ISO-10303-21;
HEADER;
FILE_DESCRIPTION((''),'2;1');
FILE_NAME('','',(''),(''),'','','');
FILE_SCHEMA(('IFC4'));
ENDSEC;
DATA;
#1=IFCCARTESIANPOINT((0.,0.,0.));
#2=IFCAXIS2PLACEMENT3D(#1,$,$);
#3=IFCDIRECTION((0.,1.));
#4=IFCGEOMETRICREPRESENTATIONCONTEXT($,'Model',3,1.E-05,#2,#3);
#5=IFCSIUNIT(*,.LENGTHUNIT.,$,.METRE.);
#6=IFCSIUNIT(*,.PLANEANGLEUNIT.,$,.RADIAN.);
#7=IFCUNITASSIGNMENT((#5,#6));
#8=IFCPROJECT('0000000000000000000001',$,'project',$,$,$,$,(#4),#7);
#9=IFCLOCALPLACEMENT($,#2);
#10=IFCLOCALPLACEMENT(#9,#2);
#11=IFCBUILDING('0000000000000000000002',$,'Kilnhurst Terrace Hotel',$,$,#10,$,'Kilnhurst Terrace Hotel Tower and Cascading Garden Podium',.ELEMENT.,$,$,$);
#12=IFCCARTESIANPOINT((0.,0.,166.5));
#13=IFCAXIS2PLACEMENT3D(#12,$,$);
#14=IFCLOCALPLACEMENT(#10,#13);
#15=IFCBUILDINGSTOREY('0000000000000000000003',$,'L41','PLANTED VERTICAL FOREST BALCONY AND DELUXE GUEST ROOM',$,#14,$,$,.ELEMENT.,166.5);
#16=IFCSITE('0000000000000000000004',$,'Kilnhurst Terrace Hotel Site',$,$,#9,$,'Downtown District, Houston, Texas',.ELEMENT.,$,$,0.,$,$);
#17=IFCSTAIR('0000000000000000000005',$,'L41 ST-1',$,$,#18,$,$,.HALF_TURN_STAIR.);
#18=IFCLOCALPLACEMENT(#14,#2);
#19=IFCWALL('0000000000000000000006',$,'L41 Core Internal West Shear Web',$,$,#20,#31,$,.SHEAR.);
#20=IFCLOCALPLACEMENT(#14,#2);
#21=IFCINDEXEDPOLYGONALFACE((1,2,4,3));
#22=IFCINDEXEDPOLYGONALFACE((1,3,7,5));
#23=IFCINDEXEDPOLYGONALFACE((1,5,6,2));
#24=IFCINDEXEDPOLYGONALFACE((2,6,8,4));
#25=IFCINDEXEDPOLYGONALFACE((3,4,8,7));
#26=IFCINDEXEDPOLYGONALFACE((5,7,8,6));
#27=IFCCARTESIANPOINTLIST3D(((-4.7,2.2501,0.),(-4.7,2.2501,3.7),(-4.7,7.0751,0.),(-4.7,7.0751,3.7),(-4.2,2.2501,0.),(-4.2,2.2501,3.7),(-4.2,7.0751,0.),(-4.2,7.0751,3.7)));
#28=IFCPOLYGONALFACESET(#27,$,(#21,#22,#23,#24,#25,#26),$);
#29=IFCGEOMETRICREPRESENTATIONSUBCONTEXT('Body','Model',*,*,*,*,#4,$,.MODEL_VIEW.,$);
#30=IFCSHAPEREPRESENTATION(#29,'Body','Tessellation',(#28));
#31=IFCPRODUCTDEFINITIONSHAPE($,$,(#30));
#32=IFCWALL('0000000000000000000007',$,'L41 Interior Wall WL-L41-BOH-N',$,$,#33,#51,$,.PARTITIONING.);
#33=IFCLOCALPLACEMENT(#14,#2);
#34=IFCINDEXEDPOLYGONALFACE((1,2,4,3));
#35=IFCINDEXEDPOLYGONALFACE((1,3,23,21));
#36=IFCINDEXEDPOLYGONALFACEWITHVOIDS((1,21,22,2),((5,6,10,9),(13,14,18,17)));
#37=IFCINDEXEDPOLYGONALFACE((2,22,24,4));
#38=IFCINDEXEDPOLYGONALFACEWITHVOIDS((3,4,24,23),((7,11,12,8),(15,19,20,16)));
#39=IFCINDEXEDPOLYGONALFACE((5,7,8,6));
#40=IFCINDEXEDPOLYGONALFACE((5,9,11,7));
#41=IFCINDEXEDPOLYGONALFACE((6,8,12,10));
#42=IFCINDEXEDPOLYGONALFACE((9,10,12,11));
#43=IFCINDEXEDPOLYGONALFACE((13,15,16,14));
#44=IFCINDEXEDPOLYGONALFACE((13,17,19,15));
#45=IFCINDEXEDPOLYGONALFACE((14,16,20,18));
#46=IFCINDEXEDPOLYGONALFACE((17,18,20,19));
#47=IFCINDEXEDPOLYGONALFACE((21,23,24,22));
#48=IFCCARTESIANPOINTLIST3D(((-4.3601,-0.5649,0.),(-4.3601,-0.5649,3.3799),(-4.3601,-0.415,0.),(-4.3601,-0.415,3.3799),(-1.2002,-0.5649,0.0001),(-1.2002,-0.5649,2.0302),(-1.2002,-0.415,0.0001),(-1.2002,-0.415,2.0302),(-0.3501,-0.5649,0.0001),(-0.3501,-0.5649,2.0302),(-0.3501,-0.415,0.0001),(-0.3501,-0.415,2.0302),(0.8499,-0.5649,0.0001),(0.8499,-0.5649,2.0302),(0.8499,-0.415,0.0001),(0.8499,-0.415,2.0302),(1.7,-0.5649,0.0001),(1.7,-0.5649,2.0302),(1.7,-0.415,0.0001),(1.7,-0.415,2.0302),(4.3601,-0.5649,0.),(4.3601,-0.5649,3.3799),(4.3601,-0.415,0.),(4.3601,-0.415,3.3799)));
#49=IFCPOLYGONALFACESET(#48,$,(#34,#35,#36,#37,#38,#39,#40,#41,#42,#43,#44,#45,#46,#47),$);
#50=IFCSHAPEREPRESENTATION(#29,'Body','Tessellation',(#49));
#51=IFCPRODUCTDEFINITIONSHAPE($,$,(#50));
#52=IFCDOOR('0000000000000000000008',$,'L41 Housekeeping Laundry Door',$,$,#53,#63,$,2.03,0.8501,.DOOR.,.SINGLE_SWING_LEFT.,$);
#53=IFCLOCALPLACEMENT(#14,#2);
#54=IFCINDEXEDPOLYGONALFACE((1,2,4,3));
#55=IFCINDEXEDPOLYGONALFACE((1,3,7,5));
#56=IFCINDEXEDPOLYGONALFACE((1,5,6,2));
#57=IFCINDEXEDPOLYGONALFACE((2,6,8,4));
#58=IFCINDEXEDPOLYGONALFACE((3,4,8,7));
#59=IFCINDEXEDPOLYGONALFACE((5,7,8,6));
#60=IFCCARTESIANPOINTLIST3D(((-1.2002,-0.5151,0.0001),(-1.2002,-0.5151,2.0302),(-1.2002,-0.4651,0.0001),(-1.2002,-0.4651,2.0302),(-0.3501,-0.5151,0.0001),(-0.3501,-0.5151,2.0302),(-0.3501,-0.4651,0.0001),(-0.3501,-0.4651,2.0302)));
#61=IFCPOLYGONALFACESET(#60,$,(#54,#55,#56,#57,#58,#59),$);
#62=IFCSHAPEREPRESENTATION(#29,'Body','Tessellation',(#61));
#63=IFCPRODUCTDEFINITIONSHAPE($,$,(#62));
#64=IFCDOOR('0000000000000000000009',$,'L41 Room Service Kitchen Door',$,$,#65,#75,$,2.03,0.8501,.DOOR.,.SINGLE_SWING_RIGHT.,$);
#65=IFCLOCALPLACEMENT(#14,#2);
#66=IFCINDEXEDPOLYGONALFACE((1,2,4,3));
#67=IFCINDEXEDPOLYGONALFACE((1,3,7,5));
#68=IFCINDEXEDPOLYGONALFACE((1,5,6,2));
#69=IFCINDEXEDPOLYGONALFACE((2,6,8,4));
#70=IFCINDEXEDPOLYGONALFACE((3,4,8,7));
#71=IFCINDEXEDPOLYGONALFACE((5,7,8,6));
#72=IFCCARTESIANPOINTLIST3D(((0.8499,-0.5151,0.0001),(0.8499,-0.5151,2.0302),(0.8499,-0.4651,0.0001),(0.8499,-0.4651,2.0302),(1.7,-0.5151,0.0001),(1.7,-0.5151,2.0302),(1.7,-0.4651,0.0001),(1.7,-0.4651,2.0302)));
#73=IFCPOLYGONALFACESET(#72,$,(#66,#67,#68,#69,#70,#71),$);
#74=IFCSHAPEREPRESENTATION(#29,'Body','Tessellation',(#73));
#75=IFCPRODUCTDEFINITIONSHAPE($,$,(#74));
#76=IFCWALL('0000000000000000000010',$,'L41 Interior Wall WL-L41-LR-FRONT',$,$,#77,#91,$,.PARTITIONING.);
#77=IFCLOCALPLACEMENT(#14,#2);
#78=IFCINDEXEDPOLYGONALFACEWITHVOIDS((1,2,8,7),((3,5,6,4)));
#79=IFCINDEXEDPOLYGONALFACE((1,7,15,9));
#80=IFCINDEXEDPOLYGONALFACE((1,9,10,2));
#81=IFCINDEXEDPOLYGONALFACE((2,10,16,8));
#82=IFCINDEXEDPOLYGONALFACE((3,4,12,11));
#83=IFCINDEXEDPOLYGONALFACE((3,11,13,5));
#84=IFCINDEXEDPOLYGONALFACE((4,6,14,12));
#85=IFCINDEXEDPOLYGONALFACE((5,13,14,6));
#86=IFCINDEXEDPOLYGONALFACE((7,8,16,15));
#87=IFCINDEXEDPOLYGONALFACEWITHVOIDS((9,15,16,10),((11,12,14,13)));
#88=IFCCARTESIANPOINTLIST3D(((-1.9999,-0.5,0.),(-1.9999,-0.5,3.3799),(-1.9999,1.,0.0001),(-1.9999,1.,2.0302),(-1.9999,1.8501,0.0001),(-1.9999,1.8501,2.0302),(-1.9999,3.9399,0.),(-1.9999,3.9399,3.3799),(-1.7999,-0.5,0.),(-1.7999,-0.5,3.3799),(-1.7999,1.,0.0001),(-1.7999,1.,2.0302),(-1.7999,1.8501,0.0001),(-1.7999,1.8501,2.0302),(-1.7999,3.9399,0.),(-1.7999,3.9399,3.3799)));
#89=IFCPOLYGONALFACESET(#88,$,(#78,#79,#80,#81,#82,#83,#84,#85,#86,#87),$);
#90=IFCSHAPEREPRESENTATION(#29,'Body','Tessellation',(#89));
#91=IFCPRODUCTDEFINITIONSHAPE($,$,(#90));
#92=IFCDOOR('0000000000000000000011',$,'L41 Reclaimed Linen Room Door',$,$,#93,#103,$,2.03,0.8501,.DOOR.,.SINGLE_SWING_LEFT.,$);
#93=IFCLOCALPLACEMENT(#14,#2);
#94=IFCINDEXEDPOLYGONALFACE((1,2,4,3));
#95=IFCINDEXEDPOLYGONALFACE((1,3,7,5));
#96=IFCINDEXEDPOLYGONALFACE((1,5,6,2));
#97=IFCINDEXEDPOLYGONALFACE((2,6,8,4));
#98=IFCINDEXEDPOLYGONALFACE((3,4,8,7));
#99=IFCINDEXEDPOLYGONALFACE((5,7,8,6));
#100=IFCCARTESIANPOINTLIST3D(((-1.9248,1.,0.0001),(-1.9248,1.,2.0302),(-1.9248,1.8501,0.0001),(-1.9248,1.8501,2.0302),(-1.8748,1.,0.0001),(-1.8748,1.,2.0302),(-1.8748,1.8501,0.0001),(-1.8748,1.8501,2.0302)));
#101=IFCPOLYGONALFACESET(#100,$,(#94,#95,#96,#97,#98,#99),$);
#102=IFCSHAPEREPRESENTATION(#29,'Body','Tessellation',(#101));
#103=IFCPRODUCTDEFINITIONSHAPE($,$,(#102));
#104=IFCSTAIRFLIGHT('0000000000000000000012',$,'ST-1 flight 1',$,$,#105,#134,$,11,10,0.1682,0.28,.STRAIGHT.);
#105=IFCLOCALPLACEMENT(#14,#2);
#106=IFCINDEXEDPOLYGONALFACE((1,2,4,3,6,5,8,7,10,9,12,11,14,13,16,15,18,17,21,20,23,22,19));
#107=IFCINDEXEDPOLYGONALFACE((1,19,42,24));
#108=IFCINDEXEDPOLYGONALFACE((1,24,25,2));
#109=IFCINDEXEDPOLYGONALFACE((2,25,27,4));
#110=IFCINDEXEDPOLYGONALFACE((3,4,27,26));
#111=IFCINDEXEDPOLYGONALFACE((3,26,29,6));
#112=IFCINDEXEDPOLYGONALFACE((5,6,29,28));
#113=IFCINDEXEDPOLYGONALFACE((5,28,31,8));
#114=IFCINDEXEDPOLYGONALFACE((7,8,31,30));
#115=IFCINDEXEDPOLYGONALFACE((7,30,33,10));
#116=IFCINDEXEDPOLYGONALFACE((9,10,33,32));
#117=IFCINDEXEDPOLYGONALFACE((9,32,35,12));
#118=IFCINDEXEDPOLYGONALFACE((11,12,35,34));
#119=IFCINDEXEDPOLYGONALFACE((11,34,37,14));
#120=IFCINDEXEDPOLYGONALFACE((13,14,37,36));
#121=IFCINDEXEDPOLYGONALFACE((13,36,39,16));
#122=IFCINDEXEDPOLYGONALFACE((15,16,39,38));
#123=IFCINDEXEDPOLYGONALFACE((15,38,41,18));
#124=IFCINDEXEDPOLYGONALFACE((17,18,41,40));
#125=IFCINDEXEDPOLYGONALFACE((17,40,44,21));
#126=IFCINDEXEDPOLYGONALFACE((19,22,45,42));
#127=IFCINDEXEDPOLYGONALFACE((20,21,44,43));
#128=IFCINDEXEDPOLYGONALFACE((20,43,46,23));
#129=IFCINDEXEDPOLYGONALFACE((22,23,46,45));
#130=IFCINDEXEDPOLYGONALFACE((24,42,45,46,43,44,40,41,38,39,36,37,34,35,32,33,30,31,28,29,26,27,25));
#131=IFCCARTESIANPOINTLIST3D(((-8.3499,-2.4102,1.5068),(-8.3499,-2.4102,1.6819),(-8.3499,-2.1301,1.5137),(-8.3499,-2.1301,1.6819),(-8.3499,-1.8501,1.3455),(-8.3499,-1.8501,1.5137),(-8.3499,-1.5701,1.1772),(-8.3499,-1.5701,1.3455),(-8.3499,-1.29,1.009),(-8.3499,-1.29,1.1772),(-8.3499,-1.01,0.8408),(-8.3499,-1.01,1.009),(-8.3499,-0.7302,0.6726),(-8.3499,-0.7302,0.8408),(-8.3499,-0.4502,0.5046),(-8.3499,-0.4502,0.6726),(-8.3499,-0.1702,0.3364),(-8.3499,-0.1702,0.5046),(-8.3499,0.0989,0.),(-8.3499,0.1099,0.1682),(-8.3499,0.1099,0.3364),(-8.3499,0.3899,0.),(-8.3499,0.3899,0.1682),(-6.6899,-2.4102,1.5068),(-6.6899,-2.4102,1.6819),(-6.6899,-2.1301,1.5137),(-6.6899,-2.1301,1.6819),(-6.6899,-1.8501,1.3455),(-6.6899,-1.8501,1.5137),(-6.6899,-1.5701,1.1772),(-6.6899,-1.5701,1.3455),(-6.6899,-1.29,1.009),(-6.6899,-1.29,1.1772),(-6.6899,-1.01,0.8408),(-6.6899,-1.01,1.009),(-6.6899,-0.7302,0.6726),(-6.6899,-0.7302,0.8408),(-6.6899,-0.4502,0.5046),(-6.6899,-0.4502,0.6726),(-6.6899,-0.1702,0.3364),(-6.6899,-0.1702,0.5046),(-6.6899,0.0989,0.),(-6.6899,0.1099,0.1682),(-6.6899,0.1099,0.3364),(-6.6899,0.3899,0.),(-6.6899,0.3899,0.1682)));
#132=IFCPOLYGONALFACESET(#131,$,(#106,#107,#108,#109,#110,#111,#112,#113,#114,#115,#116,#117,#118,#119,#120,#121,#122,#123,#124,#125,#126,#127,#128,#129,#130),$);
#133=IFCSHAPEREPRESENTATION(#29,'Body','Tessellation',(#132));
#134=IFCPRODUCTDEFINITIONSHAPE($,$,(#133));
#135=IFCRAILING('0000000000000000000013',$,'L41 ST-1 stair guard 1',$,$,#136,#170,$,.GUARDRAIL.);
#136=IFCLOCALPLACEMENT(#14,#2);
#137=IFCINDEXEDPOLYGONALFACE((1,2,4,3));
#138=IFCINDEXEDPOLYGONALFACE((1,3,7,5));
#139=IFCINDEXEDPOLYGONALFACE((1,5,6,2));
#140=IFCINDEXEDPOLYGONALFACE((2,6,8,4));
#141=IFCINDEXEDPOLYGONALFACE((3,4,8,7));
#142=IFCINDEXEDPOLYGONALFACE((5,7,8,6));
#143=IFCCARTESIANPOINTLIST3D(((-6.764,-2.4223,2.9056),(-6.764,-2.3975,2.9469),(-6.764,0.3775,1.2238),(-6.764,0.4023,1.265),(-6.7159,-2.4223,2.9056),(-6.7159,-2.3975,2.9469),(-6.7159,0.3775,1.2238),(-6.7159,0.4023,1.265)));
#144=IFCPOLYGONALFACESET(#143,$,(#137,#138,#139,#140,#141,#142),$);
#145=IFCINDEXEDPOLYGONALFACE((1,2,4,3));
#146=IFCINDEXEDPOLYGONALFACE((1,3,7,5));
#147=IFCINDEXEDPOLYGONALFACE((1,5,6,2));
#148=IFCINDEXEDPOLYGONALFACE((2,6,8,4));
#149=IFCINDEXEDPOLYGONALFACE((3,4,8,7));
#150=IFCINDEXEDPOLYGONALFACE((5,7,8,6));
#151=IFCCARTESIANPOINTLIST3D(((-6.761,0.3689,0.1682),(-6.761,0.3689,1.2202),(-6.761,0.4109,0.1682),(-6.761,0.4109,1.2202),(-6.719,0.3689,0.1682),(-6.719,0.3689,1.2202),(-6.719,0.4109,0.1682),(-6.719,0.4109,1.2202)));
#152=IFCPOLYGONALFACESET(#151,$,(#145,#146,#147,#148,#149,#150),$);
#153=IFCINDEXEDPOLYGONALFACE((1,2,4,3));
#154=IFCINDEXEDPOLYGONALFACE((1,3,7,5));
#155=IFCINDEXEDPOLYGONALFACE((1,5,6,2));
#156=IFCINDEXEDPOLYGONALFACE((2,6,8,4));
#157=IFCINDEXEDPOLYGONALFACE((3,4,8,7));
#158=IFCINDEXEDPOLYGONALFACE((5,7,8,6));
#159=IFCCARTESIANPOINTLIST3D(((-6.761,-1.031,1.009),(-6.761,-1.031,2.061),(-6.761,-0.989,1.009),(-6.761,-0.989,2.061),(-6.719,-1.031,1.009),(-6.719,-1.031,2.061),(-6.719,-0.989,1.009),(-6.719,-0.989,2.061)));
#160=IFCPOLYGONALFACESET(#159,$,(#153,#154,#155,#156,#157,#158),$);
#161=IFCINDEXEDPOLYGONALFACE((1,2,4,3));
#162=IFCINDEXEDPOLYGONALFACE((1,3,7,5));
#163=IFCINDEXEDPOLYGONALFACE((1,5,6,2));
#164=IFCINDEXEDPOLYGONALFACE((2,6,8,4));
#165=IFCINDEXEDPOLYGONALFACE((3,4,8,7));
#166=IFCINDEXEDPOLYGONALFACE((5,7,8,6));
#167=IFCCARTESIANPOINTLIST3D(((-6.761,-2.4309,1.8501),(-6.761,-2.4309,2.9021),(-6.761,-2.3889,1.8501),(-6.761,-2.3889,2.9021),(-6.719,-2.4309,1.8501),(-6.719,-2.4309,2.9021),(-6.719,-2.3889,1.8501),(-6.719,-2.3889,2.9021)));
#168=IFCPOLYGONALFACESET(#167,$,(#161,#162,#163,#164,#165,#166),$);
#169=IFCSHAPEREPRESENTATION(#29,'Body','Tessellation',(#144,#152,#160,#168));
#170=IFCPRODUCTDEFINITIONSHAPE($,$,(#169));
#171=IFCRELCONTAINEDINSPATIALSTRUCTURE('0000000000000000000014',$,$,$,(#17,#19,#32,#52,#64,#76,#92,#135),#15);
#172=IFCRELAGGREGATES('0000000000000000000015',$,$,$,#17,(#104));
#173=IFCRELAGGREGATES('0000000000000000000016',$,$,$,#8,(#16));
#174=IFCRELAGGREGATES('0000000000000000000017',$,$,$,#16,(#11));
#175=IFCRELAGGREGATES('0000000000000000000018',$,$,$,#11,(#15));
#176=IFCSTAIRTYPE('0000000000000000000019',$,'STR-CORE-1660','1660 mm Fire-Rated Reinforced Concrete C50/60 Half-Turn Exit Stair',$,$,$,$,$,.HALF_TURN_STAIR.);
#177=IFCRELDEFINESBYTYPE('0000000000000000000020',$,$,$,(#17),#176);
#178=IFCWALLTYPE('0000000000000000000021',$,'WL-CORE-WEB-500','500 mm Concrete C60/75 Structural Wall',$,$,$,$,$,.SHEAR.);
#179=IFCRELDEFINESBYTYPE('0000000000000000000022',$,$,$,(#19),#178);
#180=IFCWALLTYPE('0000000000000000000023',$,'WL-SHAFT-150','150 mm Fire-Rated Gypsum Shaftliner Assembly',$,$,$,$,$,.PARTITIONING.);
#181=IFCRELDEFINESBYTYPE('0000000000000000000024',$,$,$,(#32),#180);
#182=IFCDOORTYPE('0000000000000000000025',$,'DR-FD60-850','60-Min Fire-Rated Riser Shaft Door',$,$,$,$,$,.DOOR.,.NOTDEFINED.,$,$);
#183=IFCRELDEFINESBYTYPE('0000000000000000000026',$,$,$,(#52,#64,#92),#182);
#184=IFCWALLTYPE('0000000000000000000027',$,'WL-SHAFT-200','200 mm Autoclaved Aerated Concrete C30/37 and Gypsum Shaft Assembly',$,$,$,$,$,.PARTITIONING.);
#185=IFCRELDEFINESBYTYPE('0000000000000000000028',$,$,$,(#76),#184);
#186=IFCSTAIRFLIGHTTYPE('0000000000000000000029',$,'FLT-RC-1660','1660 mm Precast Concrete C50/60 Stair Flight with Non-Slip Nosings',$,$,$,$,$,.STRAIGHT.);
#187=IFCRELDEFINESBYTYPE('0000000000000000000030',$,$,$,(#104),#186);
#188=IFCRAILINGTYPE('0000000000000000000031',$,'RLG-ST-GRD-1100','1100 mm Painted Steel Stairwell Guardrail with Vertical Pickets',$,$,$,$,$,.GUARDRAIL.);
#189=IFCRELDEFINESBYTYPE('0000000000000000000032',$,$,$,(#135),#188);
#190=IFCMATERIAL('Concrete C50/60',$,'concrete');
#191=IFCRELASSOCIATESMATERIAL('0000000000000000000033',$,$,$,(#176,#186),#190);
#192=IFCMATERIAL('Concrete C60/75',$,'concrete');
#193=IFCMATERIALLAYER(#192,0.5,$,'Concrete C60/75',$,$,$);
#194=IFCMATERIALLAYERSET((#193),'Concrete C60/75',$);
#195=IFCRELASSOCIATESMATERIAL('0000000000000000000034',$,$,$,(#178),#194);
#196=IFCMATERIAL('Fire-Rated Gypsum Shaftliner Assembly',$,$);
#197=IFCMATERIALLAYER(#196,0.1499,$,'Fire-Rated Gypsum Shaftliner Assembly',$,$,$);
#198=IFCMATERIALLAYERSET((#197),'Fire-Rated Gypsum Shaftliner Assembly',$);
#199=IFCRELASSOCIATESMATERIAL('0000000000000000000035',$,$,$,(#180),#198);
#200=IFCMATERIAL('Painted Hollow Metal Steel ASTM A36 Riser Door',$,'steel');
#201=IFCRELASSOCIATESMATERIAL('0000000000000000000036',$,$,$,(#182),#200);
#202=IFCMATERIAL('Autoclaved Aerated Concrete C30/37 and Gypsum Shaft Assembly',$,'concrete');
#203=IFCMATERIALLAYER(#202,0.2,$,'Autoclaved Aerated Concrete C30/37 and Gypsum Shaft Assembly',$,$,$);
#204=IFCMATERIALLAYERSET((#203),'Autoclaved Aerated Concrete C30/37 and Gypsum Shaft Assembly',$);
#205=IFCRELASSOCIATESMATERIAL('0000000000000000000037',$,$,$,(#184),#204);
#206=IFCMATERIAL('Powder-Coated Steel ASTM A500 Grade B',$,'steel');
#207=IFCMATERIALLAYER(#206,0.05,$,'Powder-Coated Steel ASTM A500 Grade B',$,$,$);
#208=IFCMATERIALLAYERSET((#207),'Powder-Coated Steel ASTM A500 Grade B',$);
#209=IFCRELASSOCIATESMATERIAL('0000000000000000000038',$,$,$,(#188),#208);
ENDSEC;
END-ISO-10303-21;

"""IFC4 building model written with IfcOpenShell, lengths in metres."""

from ifc_helpers import new_model, si_unit, direction, frame, frame_2d, origin, origin_2d, place, context, subcontext, project, spatial, polyline, rectangle, outline, extrude, material, layer, layer_set, type_object, element, fill, aggregate, save


model = new_model("IFC4")

# Units and contexts
model_context = context("Model", 3, precision=1e-05, world=origin(), true_north=direction((0.0, 1.0)))
body_context = subcontext(model_context, "Body", "Model", "MODEL_VIEW")
ifc_project = project(units=[si_unit("LENGTHUNIT", "METRE"), si_unit("PLANEANGLEUNIT", "RADIAN")], contexts=[model_context])

# Site, building, storey
site_placement = place(None, origin())
site = spatial("IfcSite", under=ifc_project, at=site_placement, Name="Kilnhurst Terrace Hotel Site", LongName="Downtown District, Houston, Texas", CompositionType="ELEMENT", RefElevation=0.0)
building_placement = place(site_placement, origin())
building = spatial("IfcBuilding", under=site, at=building_placement, Name="Kilnhurst Terrace Hotel", LongName="Kilnhurst Terrace Hotel Tower and Cascading Garden Podium", CompositionType="ELEMENT")
storey_placement = place(building_placement, frame((0.0, 0.0, 166.5)))
storey = spatial("IfcBuildingStorey", under=building, at=storey_placement, Name="L41", Description="PLANTED VERTICAL FOREST BALCONY AND DELUXE GUEST ROOM", CompositionType="ELEMENT", Elevation=166.5)

# Shared definitions
ifc_material_1 = material(Name="Concrete C50/60", Category="concrete")

# Stair
stair_type = type_object("IfcStairType", Name="STR-CORE-1660", Description="1660 mm Fire-Rated Reinforced Concrete C50/60 Half-Turn Exit Stair", PredefinedType="HALF_TURN_STAIR", material=ifc_material_1)
stair_1_placement = place(storey_placement, origin())
stair_1 = element("IfcStair", 1, at=stair_1_placement, inside=storey, type_object=stair_type, Name="L41 ST-1", PredefinedType="HALF_TURN_STAIR")

# Wall
ifc_material_2 = material(Name="Concrete C60/75", Category="concrete")
ifc_layer_1 = layer(ifc_material_2, 0.5, Name="Concrete C60/75")
ifc_layer_set_1 = layer_set([ifc_layer_1], Name="Concrete C60/75")
wall_type_1 = type_object("IfcWallType", Name="WL-CORE-WEB-500", Description="500 mm Concrete C60/75 Structural Wall", PredefinedType="SHEAR", material=ifc_layer_set_1)
wall_1_placement = place(storey_placement, frame((-4.45, 2.25, 0.0), z_axis=(0.0, 0.0, 1.0), x_axis=(0.0, 1.0, 0.0)))
element("IfcWall", 2, at=wall_1_placement, inside=storey, type_object=wall_type_1, Name="L41 Core Internal West Shear Web", PredefinedType="SHEAR", context=body_context, shape_type="SweptSolid", body=[
    extrude(rectangle(XDim=4.825, YDim=0.5, at=frame_2d((2.4126, 0.0))), origin(), (0.0, 0.0, 1.0), 3.7),
])

# Wall, openings, doors
ifc_material_3 = material(Name="Fire-Rated Gypsum Shaftliner Assembly")
ifc_layer_2 = layer(ifc_material_3, 0.1499, Name="Fire-Rated Gypsum Shaftliner Assembly")
ifc_layer_set_2 = layer_set([ifc_layer_2], Name="Fire-Rated Gypsum Shaftliner Assembly")
wall_type_2 = type_object("IfcWallType", Name="WL-SHAFT-150", Description="150 mm Fire-Rated Gypsum Shaftliner Assembly", PredefinedType="PARTITIONING", material=ifc_layer_set_2)
wall_2_placement = place(storey_placement, frame((-4.3601, -0.49, 0.0), z_axis=(0.0, 0.0, 1.0), x_axis=(1.0, 0.0, 0.0)))
wall_2 = element("IfcWall", 3, at=wall_2_placement, inside=storey, type_object=wall_type_2, Name="L41 Interior Wall WL-L41-BOH-N", PredefinedType="PARTITIONING", context=body_context, shape_type="SweptSolid", body=[
    extrude(rectangle(XDim=8.7202, YDim=0.1499, at=frame_2d((4.3601, 0.0))), origin(), (0.0, 0.0, 1.0), 3.3799),
])
opening_1_placement = place(wall_2_placement, frame((3.1599, 0.0, 0.0)))
opening_1 = element("IfcOpeningElement", 4, at=opening_1_placement, cuts=wall_2, PredefinedType="OPENING", context=body_context, shape_type="SweptSolid", body=[
    extrude(rectangle(XDim=0.8501, YDim=2.03, at=frame_2d((0.425, 1.0151))), frame((0.0, 0.085, 0.0), z_axis=(0.0, -1.0, 0.0), x_axis=(1.0, 0.0, 0.0)), (0.0, 0.0, 1.0), 0.1699),
])
opening_2_placement = place(wall_2_placement, frame((5.21, 0.0, 0.0)))
opening_2 = element("IfcOpeningElement", 5, at=opening_2_placement, cuts=wall_2, PredefinedType="OPENING", context=body_context, shape_type="SweptSolid", body=[
    extrude(rectangle(XDim=0.8501, YDim=2.03, at=frame_2d((0.425, 1.0151))), frame((0.0, 0.085, 0.0), z_axis=(0.0, -1.0, 0.0), x_axis=(1.0, 0.0, 0.0)), (0.0, 0.0, 1.0), 0.1699),
])
ifc_material_4 = material(Name="Painted Hollow Metal Steel ASTM A36 Riser Door", Category="steel")
door_type_1 = type_object("IfcDoorType", Name="DR-FD60-850", Description="60-Min Fire-Rated Riser Shaft Door", OperationType="NOTDEFINED", PredefinedType="DOOR", material=ifc_material_4)
door_1_placement = place(opening_1_placement, origin())
door_1 = element("IfcDoor", 6, at=door_1_placement, inside=storey, type_object=door_type_1, Name="L41 Housekeeping Laundry Door", OperationType="SINGLE_SWING_LEFT", OverallHeight=2.03, OverallWidth=0.8501, PredefinedType="DOOR", context=body_context, shape_type="SweptSolid", body=[
    extrude(rectangle(XDim=0.8501, YDim=2.03, at=frame_2d((0.425, 1.0151))), frame((0.0, 0.0249, 0.0), z_axis=(0.0, -1.0, 0.0), x_axis=(1.0, 0.0, 0.0)), (0.0, 0.0, 1.0), 0.05),
])
fill(opening_1, door_1)
door_2_placement = place(opening_2_placement, origin())
door_2 = element("IfcDoor", 7, at=door_2_placement, inside=storey, type_object=door_type_1, Name="L41 Room Service Kitchen Door", OperationType="SINGLE_SWING_RIGHT", OverallHeight=2.03, OverallWidth=0.8501, PredefinedType="DOOR", context=body_context, shape_type="SweptSolid", body=[
    extrude(rectangle(XDim=0.8501, YDim=2.03, at=frame_2d((0.425, 1.0151))), frame((0.0, 0.0249, 0.0), z_axis=(0.0, -1.0, 0.0), x_axis=(1.0, 0.0, 0.0)), (0.0, 0.0, 1.0), 0.05),
])
fill(opening_2, door_2)

# Wall, opening, door
ifc_material_5 = material(Name="Autoclaved Aerated Concrete C30/37 and Gypsum Shaft Assembly", Category="concrete")
ifc_layer_3 = layer(ifc_material_5, 0.2, Name="Autoclaved Aerated Concrete C30/37 and Gypsum Shaft Assembly")
ifc_layer_set_3 = layer_set([ifc_layer_3], Name="Autoclaved Aerated Concrete C30/37 and Gypsum Shaft Assembly")
wall_type_3 = type_object("IfcWallType", Name="WL-SHAFT-200", Description="200 mm Autoclaved Aerated Concrete C30/37 and Gypsum Shaft Assembly", PredefinedType="PARTITIONING", material=ifc_layer_set_3)
wall_3_placement = place(storey_placement, frame((-1.8999, -0.5, 0.0), z_axis=(0.0, 0.0, 1.0), x_axis=(0.0, 1.0, 0.0)))
wall_3 = element("IfcWall", 8, at=wall_3_placement, inside=storey, type_object=wall_type_3, Name="L41 Interior Wall WL-L41-LR-FRONT", PredefinedType="PARTITIONING", context=body_context, shape_type="SweptSolid", body=[
    extrude(rectangle(XDim=4.4399, YDim=0.2, at=frame_2d((2.22, 0.0))), origin(), (0.0, 0.0, 1.0), 3.3799),
])
opening_3_placement = place(wall_3_placement, frame((1.5, 0.0, 0.0)))
opening_3 = element("IfcOpeningElement", 9, at=opening_3_placement, cuts=wall_3, PredefinedType="OPENING", context=body_context, shape_type="SweptSolid", body=[
    extrude(rectangle(XDim=0.8501, YDim=2.03, at=frame_2d((0.425, 1.0151))), frame((0.0, 0.1099, 0.0), z_axis=(0.0, -1.0, 0.0), x_axis=(1.0, 0.0, 0.0)), (0.0, 0.0, 1.0), 0.22),
])
door_3_placement = place(opening_3_placement, origin())
door_3 = element("IfcDoor", 10, at=door_3_placement, inside=storey, type_object=door_type_1, Name="L41 Reclaimed Linen Room Door", OperationType="SINGLE_SWING_LEFT", OverallHeight=2.03, OverallWidth=0.8501, PredefinedType="DOOR", context=body_context, shape_type="SweptSolid", body=[
    extrude(rectangle(XDim=0.8501, YDim=2.03, at=frame_2d((0.425, 1.0151))), frame((0.0, 0.0249, 0.0), z_axis=(0.0, -1.0, 0.0), x_axis=(1.0, 0.0, 0.0)), (0.0, 0.0, 1.0), 0.05),
])
fill(opening_3, door_3)

# Stair flight
stair_flight_type = type_object("IfcStairFlightType", Name="FLT-RC-1660", Description="1660 mm Precast Concrete C50/60 Stair Flight with Non-Slip Nosings", PredefinedType="STRAIGHT", material=ifc_material_1)
stair_flight_placement = place(storey_placement, frame((-7.52, 0.3899, 0.0), z_axis=(0.0, 0.0, 1.0), x_axis=(0.0, -1.0, 0.0)))
stair_flight = element("IfcStairFlight", 11, at=stair_flight_placement, type_object=stair_flight_type, Name="ST-1 flight 1", NumberOfRisers=11, NumberOfTreads=10, PredefinedType="STRAIGHT", RiserHeight=0.1682, TreadLength=0.28, context=body_context, shape_type="SweptSolid", body=[
    extrude(outline(polyline([(0.0, 0.0), (0.0, 0.1682), (0.28, 0.1682), (0.28, 0.3364), (0.5601, 0.3364), (0.5601, 0.5046), (0.8401, 0.5046), (0.8401, 0.6726), (1.1201, 0.6726), (1.1201, 0.8408), (1.3999, 0.8408), (1.3999, 1.009), (1.6799, 1.009), (1.6799, 1.1772), (1.96, 1.1772), (1.96, 1.3455), (2.24, 1.3455), (2.24, 1.5137), (2.52, 1.5137), (2.52, 1.6819), (2.8, 1.6819), (2.8, 1.8501), (2.8, 1.5068), (0.291, 0.0), (0.0, 0.0)])), frame((0.0, 0.8301, 0.0), z_axis=(0.0, -1.0, 0.0), x_axis=(1.0, 0.0, 0.0)), (0.0, 0.0, 1.0), 1.6599),
])
aggregate(stair_1, [stair_flight])

# Railing
ifc_material_6 = material(Name="Powder-Coated Steel ASTM A500 Grade B", Category="steel")
ifc_layer_4 = layer(ifc_material_6, 0.05, Name="Powder-Coated Steel ASTM A500 Grade B")
ifc_layer_set_4 = layer_set([ifc_layer_4], Name="Powder-Coated Steel ASTM A500 Grade B")
railing_type_1 = type_object("IfcRailingType", Name="RLG-ST-GRD-1100", Description="1100 mm Painted Steel Stairwell Guardrail with Vertical Pickets", PredefinedType="GUARDRAIL", material=ifc_layer_set_4)
railing_1_placement = place(storey_placement, frame((-6.74, 0.3899, 0.1682)))
element("IfcRailing", 12, at=railing_1_placement, inside=storey, type_object=railing_type_1, Name="L41 ST-1 stair guard 1", PredefinedType="GUARDRAIL", context=body_context, shape_type="SweptSolid", body=[
    extrude(rectangle(XDim=0.0481, YDim=0.0481, at=origin_2d()), frame((0.0, 0.0, 1.0762), z_axis=(0.0, -0.857222, 0.514946), x_axis=(1.0, 0.0, 0.0)), (0.0, 0.0, 1.0), 3.2661),
    extrude(rectangle(XDim=0.042, YDim=0.042, at=origin_2d()), origin(), (0.0, 0.0, 1.0), 1.052),
    extrude(rectangle(XDim=0.042, YDim=0.042, at=origin_2d()), frame((0.0, -1.3999, 0.8408)), (0.0, 0.0, 1.0), 1.052),
    extrude(rectangle(XDim=0.042, YDim=0.042, at=origin_2d()), frame((0.0, -2.7998, 1.6819)), (0.0, 0.0, 1.0), 1.052),
])

save(model, "model.ifc")
